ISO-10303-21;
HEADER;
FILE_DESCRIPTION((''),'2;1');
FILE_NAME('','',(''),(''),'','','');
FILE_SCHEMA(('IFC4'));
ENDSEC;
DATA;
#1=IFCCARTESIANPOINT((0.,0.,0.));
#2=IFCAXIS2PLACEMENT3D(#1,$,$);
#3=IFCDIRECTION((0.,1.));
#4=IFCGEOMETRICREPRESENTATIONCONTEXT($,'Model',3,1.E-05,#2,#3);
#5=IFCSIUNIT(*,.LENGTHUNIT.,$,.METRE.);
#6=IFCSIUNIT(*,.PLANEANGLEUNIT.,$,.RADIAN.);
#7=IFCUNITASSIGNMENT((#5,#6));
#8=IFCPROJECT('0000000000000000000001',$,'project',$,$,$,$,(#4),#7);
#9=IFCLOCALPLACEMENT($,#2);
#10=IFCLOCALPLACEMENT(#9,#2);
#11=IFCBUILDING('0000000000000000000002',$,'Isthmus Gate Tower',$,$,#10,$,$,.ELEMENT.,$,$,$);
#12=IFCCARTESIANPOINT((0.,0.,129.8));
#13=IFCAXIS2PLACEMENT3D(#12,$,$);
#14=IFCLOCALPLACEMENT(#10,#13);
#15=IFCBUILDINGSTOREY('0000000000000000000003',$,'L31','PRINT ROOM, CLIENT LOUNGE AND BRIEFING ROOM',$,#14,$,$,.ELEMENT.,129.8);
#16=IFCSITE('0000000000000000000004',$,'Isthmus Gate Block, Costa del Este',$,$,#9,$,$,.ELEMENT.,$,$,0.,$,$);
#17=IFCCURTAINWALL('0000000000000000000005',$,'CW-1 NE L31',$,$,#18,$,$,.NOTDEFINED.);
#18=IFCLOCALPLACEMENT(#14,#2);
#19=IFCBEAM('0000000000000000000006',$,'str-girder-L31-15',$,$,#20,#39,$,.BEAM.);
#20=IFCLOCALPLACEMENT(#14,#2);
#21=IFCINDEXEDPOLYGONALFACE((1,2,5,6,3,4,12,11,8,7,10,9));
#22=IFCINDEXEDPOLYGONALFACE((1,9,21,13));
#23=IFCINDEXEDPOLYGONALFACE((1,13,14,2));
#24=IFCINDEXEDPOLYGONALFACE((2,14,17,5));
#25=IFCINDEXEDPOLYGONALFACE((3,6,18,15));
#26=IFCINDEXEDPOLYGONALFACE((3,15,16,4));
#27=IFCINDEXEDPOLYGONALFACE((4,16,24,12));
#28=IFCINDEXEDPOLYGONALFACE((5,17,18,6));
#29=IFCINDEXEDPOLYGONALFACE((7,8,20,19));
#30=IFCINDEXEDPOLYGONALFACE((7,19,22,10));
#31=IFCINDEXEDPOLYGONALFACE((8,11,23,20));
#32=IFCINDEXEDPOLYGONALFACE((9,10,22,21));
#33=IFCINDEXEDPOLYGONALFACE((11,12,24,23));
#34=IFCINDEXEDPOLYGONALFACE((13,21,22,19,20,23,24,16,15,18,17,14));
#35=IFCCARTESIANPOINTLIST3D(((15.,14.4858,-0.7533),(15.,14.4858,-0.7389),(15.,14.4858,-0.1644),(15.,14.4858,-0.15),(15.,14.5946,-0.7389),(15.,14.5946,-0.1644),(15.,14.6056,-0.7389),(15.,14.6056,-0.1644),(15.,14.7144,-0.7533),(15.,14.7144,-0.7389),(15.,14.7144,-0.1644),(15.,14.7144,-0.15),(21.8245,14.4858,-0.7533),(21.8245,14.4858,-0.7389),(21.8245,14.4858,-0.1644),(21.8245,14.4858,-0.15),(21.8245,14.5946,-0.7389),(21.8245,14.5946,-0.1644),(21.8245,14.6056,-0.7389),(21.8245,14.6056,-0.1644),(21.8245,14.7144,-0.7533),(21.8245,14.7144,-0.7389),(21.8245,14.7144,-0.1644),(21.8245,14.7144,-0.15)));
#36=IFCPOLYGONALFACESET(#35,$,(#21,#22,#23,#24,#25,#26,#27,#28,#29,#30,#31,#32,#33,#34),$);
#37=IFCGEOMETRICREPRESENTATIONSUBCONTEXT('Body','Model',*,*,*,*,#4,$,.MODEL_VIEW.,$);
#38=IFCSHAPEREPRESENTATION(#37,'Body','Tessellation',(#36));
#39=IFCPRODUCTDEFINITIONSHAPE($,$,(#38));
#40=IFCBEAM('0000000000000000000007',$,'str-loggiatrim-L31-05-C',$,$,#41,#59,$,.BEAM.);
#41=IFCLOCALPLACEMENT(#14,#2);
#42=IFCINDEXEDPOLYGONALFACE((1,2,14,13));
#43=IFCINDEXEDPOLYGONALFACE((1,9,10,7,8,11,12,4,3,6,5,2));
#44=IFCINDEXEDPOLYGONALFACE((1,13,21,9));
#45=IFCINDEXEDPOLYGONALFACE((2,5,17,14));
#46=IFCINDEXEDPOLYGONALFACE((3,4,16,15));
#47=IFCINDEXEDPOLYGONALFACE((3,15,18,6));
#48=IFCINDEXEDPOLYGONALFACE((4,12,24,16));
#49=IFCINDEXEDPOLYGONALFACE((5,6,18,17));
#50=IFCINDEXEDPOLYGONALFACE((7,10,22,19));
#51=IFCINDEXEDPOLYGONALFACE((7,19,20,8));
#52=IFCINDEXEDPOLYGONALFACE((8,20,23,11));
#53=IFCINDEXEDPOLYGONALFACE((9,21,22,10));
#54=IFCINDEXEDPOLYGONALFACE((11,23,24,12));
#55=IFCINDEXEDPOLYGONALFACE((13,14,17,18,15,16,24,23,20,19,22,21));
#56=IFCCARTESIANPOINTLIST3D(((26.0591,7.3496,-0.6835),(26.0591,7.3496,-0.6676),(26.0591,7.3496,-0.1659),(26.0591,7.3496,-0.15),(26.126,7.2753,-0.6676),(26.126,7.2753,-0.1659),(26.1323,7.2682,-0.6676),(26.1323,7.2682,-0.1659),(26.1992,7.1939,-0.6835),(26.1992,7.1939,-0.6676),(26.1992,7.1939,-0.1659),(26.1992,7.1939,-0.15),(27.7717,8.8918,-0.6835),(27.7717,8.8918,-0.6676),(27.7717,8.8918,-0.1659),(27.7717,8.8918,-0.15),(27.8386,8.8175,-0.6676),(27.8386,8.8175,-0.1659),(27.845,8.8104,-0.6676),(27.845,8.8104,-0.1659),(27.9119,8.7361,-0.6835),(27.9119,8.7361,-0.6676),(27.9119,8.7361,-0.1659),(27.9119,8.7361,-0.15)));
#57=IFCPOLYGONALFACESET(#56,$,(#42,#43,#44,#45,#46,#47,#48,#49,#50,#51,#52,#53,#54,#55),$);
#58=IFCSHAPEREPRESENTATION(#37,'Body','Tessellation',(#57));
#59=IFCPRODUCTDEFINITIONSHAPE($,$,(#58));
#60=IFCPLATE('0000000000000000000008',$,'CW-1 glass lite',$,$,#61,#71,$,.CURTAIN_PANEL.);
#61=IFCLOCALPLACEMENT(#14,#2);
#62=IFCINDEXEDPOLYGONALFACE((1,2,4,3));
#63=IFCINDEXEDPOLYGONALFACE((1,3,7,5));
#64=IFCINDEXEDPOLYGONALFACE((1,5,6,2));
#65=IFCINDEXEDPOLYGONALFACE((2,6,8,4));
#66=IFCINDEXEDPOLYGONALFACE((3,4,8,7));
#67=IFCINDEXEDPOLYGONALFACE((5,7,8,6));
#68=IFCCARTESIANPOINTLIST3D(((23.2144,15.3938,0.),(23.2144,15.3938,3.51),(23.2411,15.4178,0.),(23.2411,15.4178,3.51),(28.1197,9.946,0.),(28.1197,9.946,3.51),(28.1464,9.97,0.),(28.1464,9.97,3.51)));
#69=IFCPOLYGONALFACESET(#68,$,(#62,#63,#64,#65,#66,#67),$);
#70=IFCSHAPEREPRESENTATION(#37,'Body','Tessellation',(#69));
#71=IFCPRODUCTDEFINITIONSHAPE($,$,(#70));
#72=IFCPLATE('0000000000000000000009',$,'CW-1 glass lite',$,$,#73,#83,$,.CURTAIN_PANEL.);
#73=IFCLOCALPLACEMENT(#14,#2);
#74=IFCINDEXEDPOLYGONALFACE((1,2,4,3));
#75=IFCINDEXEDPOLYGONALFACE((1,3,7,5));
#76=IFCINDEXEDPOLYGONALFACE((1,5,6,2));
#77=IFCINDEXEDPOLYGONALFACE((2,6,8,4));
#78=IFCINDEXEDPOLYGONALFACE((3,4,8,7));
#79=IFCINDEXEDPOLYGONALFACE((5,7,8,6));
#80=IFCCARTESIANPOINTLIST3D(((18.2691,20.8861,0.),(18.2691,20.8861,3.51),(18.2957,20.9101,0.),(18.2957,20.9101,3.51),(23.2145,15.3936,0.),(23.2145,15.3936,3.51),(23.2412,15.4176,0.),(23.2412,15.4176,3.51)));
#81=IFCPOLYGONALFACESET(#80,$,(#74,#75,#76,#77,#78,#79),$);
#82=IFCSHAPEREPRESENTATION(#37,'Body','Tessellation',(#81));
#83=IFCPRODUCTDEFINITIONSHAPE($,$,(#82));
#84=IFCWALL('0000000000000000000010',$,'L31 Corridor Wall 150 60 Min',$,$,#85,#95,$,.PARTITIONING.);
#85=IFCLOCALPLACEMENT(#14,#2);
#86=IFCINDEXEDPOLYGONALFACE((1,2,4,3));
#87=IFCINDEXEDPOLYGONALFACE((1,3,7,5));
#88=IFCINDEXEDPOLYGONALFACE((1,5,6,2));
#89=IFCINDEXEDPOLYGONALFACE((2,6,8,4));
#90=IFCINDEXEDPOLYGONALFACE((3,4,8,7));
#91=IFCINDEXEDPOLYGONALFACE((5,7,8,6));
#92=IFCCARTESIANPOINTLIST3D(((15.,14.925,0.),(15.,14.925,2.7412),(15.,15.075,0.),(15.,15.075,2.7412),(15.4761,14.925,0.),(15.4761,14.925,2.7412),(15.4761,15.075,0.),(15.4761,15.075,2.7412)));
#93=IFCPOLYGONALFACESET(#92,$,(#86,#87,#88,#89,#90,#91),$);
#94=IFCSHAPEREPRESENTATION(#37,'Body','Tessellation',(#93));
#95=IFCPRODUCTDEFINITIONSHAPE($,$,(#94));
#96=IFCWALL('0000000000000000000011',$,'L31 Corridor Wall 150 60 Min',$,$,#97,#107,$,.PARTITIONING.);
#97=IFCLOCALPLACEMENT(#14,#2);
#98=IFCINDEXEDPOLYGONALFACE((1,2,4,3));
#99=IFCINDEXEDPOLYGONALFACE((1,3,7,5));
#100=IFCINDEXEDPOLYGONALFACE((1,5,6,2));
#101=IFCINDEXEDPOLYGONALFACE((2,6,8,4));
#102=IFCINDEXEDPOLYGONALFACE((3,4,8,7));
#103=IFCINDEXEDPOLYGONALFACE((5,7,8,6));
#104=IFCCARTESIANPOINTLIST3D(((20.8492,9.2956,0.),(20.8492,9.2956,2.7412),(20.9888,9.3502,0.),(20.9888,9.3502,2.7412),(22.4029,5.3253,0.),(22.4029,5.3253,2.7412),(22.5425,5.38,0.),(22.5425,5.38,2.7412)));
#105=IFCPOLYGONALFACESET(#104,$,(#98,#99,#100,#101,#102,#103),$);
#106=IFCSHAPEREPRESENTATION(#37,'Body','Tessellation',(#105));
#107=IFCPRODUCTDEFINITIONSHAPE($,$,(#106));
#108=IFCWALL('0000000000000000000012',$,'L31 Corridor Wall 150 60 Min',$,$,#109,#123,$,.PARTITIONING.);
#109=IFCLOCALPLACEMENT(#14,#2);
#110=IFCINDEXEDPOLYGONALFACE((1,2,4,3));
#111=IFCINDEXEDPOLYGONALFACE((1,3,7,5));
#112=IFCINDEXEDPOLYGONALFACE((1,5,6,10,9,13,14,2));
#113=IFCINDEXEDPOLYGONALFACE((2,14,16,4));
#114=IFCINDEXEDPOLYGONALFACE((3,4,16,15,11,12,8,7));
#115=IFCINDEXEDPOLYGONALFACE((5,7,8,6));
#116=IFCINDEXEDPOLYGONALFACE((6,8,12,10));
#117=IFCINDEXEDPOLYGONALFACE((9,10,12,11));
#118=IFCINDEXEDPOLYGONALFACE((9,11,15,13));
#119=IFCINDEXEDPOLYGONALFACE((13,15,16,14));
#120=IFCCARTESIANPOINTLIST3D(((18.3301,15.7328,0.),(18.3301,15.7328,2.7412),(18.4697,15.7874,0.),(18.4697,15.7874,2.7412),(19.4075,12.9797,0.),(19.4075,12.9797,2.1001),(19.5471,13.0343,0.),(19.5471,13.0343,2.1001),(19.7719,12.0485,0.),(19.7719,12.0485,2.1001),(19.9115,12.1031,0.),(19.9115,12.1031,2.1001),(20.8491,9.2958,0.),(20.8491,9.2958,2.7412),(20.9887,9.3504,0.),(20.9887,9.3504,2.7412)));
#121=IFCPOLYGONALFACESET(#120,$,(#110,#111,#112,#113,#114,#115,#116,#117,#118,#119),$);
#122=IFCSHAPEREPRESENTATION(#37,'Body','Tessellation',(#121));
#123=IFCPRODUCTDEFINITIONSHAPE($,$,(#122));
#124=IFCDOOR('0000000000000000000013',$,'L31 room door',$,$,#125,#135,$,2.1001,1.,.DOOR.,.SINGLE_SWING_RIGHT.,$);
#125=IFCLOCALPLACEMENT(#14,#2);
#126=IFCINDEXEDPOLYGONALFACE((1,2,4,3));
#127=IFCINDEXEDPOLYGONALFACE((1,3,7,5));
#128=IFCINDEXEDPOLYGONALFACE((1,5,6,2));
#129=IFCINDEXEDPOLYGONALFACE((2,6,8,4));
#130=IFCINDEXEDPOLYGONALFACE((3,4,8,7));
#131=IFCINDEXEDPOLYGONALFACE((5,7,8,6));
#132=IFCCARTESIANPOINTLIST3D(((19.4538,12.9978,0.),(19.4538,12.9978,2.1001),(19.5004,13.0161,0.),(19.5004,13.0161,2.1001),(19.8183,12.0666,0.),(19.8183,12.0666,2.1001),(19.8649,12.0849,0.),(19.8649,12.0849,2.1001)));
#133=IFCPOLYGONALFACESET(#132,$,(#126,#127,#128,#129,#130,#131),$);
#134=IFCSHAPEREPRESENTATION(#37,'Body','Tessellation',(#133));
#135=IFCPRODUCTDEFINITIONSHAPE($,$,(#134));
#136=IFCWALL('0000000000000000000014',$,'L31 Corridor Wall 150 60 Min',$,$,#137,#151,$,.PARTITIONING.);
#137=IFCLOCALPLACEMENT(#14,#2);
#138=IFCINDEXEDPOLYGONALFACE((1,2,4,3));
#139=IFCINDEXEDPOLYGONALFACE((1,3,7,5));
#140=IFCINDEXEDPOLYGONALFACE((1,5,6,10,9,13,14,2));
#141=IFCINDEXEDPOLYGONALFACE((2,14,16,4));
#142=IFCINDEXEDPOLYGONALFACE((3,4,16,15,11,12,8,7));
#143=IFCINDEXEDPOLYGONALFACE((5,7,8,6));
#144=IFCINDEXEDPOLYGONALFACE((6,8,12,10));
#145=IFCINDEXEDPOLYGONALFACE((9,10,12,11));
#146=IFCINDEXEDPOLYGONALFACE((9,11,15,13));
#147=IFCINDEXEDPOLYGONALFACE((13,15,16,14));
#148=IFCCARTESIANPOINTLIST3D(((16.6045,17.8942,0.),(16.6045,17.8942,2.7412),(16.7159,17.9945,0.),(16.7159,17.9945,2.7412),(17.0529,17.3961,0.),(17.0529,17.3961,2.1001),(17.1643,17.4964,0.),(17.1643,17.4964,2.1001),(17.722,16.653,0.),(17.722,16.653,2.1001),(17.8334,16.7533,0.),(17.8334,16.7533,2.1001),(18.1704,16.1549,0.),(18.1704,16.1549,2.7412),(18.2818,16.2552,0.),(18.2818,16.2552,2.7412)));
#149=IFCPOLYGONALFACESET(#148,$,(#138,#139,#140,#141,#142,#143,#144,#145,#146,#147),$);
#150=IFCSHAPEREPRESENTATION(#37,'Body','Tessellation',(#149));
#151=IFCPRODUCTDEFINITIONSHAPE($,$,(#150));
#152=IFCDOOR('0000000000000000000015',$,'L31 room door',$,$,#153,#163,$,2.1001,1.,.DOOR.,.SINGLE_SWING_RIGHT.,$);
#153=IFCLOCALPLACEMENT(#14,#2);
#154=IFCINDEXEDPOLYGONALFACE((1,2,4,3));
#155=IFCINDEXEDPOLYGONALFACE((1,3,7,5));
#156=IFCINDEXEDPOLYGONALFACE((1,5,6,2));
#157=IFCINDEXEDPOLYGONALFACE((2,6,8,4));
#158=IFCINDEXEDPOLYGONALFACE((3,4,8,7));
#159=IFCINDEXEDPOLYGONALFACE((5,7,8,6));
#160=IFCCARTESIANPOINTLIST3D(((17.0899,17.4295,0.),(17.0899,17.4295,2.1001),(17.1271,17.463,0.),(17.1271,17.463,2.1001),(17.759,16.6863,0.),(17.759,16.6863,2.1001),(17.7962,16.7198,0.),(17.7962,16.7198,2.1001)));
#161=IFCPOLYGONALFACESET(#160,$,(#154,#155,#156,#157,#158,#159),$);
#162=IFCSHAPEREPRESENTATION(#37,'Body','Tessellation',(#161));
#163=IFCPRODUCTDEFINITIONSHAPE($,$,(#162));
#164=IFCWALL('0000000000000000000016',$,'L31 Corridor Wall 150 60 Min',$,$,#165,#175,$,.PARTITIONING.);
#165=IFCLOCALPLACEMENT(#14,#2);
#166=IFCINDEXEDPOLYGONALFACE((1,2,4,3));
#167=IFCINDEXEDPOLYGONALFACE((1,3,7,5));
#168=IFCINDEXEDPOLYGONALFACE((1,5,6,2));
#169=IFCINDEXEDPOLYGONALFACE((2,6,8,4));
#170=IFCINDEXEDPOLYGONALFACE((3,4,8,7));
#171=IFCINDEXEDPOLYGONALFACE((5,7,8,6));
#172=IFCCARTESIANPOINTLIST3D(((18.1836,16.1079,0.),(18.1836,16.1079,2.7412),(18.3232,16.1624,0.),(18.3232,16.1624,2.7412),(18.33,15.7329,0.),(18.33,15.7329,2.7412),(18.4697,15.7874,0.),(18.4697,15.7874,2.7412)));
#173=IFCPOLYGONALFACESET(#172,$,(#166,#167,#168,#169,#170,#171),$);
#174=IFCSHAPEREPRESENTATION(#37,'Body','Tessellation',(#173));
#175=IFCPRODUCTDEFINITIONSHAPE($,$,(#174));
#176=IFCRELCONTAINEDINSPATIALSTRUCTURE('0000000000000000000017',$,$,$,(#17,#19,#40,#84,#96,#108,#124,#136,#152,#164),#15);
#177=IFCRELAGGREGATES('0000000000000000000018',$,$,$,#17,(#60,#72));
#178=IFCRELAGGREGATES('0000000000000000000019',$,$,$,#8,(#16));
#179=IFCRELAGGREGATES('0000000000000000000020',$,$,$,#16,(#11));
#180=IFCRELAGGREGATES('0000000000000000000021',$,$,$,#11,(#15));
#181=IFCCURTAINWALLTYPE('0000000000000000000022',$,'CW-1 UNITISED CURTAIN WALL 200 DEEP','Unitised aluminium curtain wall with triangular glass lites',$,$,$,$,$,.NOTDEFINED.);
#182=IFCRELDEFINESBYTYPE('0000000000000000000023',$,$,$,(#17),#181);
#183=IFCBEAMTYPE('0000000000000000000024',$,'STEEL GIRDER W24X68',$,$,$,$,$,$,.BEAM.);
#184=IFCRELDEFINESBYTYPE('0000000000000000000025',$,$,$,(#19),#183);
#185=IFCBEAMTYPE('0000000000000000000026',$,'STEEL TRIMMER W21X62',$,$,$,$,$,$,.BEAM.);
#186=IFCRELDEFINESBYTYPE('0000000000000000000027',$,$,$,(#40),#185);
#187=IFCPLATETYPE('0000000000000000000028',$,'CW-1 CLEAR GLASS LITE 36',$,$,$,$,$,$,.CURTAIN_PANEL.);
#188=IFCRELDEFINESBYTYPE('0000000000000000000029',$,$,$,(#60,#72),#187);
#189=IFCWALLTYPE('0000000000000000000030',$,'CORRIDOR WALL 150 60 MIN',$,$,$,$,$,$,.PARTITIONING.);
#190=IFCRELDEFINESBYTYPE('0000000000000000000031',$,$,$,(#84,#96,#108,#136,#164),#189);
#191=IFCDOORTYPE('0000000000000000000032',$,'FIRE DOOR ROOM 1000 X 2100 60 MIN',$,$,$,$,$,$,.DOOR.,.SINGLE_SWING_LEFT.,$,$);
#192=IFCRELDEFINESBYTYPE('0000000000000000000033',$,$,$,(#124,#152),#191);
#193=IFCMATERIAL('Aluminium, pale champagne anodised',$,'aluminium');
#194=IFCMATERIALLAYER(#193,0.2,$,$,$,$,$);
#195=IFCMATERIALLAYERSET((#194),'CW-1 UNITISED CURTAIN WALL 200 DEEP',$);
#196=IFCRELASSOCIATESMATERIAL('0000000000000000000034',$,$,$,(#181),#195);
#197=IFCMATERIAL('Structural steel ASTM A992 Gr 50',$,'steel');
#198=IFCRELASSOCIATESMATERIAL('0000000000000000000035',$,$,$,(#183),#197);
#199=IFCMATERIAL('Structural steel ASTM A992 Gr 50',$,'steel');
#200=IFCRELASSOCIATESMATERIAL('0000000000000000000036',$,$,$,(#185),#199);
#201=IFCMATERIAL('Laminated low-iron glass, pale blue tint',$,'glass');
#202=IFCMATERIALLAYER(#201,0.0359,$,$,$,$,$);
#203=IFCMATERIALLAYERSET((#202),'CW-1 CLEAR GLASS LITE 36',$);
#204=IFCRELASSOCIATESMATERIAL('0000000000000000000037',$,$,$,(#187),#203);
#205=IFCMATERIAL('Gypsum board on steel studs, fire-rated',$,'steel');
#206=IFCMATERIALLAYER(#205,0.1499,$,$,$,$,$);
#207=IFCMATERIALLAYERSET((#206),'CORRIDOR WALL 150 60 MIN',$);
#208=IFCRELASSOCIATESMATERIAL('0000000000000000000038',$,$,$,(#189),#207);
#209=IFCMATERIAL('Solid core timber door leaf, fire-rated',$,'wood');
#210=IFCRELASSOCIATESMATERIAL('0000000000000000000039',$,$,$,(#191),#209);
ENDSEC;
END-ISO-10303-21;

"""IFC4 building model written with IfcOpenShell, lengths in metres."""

from ifc_helpers import new_model, si_unit, direction, frame, frame_2d, origin, origin_2d, place, context, subcontext, project, spatial, rectangle, i_section, extrude, material, layer, layer_set, material_profile, profile_set, type_object, element, fill, aggregate, save


model = new_model("IFC4")

# Units and contexts
model_context = context("Model", 3, precision=1e-05, world=origin(), true_north=direction((0.0, 1.0)))
body_context = subcontext(model_context, "Body", "Model", "MODEL_VIEW")
ifc_project = project(units=[si_unit("LENGTHUNIT", "METRE"), si_unit("PLANEANGLEUNIT", "RADIAN")], contexts=[model_context])

# Site, building, storey
site_placement = place(None, origin())
site = spatial("IfcSite", under=ifc_project, at=site_placement, Name="Isthmus Gate Block, Costa del Este", CompositionType="ELEMENT", RefElevation=0.0)
building_placement = place(site_placement, origin())
building = spatial("IfcBuilding", under=site, at=building_placement, Name="Isthmus Gate Tower", CompositionType="ELEMENT")
storey_placement = place(building_placement, frame((0.0, 0.0, 129.8)))
storey = spatial("IfcBuildingStorey", under=building, at=storey_placement, Name="L31", Description="PRINT ROOM, CLIENT LOUNGE AND BRIEFING ROOM", CompositionType="ELEMENT", Elevation=129.8)

# Curtain wall
ifc_material_1 = material(Name="Aluminium, pale champagne anodised", Category="aluminium")
ifc_layer_1 = layer(ifc_material_1, 0.2)
ifc_layer_set_1 = layer_set([ifc_layer_1], Name="CW-1 UNITISED CURTAIN WALL 200 DEEP")
curtain_wall_type = type_object("IfcCurtainWallType", Name="CW-1 UNITISED CURTAIN WALL 200 DEEP", Description="Unitised aluminium curtain wall with triangular glass lites", PredefinedType="NOTDEFINED", material=ifc_layer_set_1)
curtain_wall_placement = place(storey_placement, origin())
curtain_wall = element("IfcCurtainWall", 1, at=curtain_wall_placement, inside=storey, type_object=curtain_wall_type, Name="CW-1 NE L31", PredefinedType="NOTDEFINED")

# Beams
ifc_material_2 = material(Name="Structural steel ASTM A992 Gr 50", Category="steel")
ifc_material_profile_1 = material_profile(ifc_material_2, i_section(OverallWidth=0.2285, OverallDepth=0.6033, WebThickness=0.011, FlangeThickness=0.0144, at=origin_2d()), Name="W24X68")
ifc_profile_set_1 = profile_set([ifc_material_profile_1], Name="Structural steel ASTM A992 Gr 50")
beam_type_1 = type_object("IfcBeamType", Name="STEEL GIRDER W24X68", PredefinedType="BEAM", material=ifc_profile_set_1)
beam_1_placement = place(storey_placement, frame((15.0, 14.6001, -0.4517), z_axis=(1.0, 0.0, 0.0), x_axis=(0.0, 1.0, 0.0)))
element("IfcBeam", 2, at=beam_1_placement, inside=storey, type_object=beam_type_1, Name="str-girder-L31-15", PredefinedType="BEAM", context=body_context, shape_type="SweptSolid", body=[
    extrude(i_section(OverallWidth=0.2285, OverallDepth=0.6033, WebThickness=0.011, FlangeThickness=0.0144, at=origin_2d()), origin(), (0.0, 0.0, 1.0), 6.8245),
])
ifc_material_3 = material(Name="Structural steel ASTM A992 Gr 50", Category="steel")
ifc_material_profile_2 = material_profile(ifc_material_3, i_section(OverallWidth=0.2095, OverallDepth=0.5334, WebThickness=0.0095, FlangeThickness=0.0159, at=origin_2d()), Name="W21X62")
ifc_profile_set_2 = profile_set([ifc_material_profile_2], Name="Structural steel ASTM A992 Gr 50")
beam_type_2 = type_object("IfcBeamType", Name="STEEL TRIMMER W21X62", PredefinedType="BEAM", material=ifc_profile_set_2)
beam_2_placement = place(storey_placement, frame((27.8418, 8.814, -0.4167), z_axis=(-0.74311, -0.66917, 0.0), x_axis=(0.66917, -0.74311, 0.0)))
element("IfcBeam", 3, at=beam_2_placement, inside=storey, type_object=beam_type_2, Name="str-loggiatrim-L31-05-C", PredefinedType="BEAM", context=body_context, shape_type="SweptSolid", body=[
    extrude(i_section(OverallWidth=0.2095, OverallDepth=0.5334, WebThickness=0.0095, FlangeThickness=0.0159, at=origin_2d()), origin(), (0.0, 0.0, 1.0), 2.3047),
])

# Plates
ifc_material_4 = material(Name="Laminated low-iron glass, pale blue tint", Category="glass")
ifc_layer_2 = layer(ifc_material_4, 0.0359)
ifc_layer_set_2 = layer_set([ifc_layer_2], Name="CW-1 CLEAR GLASS LITE 36")
plate_type = type_object("IfcPlateType", Name="CW-1 CLEAR GLASS LITE 36", PredefinedType="CURTAIN_PANEL", material=ifc_layer_set_2)
plate_1_placement = place(storey_placement, frame((25.6804, 12.6819, 0.0), z_axis=(0.0, 0.0, 1.0), x_axis=(-0.669131, 0.743145, 0.0)))
plate_1 = element("IfcPlate", 4, at=plate_1_placement, type_object=plate_type, Name="CW-1 glass lite", PredefinedType="CURTAIN_PANEL", context=body_context, shape_type="SweptSolid", body=[
    extrude(rectangle(XDim=7.3308, YDim=0.0359, at=origin_2d()), origin(), (0.0, 0.0, 1.0), 3.51),
])
plate_2_placement = place(storey_placement, frame((20.7551, 18.1519, 0.0), z_axis=(0.0, 0.0, 1.0), x_axis=(-0.669131, 0.743145, 0.0)))
plate_2 = element("IfcPlate", 5, at=plate_2_placement, type_object=plate_type, Name="CW-1 glass lite", PredefinedType="CURTAIN_PANEL", context=body_context, shape_type="SweptSolid", body=[
    extrude(rectangle(XDim=7.3909, YDim=0.0359, at=origin_2d()), origin(), (0.0, 0.0, 1.0), 3.51),
])

# Walls
ifc_material_5 = material(Name="Gypsum board on steel studs, fire-rated", Category="steel")
ifc_layer_3 = layer(ifc_material_5, 0.1499)
ifc_layer_set_3 = layer_set([ifc_layer_3], Name="CORRIDOR WALL 150 60 MIN")
wall_type_1 = type_object("IfcWallType", Name="CORRIDOR WALL 150 60 MIN", PredefinedType="PARTITIONING", material=ifc_layer_set_3)
wall_1_placement = place(storey_placement, frame((15.4761, 15.0, 0.0), z_axis=(0.0, 0.0, 1.0), x_axis=(-1.0, 0.0, 0.0)))
element("IfcWall", 6, at=wall_1_placement, inside=storey, type_object=wall_type_1, Name="L31 Corridor Wall 150 60 Min", PredefinedType="PARTITIONING", context=body_context, shape_type="SweptSolid", body=[
    extrude(rectangle(XDim=0.4761, YDim=0.1499, at=frame_2d((0.238, 0.0))), origin(), (0.0, 0.0, 1.0), 2.7412),
])
wall_2_placement = place(storey_placement, frame((20.9189, 9.323, 0.0), z_axis=(0.0, 0.0, 1.0), x_axis=(0.36443, -0.931231, 0.0)))
element("IfcWall", 7, at=wall_2_placement, inside=storey, type_object=wall_type_1, Name="L31 Corridor Wall 150 60 Min", PredefinedType="PARTITIONING", context=body_context, shape_type="SweptSolid", body=[
    extrude(rectangle(XDim=4.2634, YDim=0.1499, at=frame_2d((2.1318, 0.0))), origin(), (0.0, 0.0, 1.0), 2.7412),
])

# Walls, openings, doors
wall_3_placement = place(storey_placement, frame((18.3999, 15.76, 0.0), z_axis=(0.0, 0.0, 1.0), x_axis=(0.364426, -0.931232, 0.0)))
wall_3 = element("IfcWall", 8, at=wall_3_placement, inside=storey, type_object=wall_type_1, Name="L31 Corridor Wall 150 60 Min", PredefinedType="PARTITIONING", context=body_context, shape_type="SweptSolid", body=[
    extrude(rectangle(XDim=6.9124, YDim=0.1499, at=frame_2d((3.4561, 0.0))), origin(), (0.0, 0.0, 1.0), 2.7412),
])
opening_1_placement = place(wall_3_placement, frame((2.9563, 0.0, 0.0)))
opening_1 = element("IfcOpeningElement", 9, at=opening_1_placement, cuts=wall_3, PredefinedType="OPENING", context=body_context, shape_type="SweptSolid", body=[
    extrude(rectangle(XDim=1.0, YDim=2.1001, at=frame_2d((0.5, 1.05))), frame((0.0, 0.085, 0.0), z_axis=(0.0, -1.0, 0.0), x_axis=(1.0, 0.0, 0.0)), (0.0, 0.0, 1.0), 0.1699),
])
ifc_material_6 = material(Name="Solid core timber door leaf, fire-rated", Category="wood")
door_type = type_object("IfcDoorType", Name="FIRE DOOR ROOM 1000 X 2100 60 MIN", OperationType="SINGLE_SWING_LEFT", PredefinedType="DOOR", material=ifc_material_6)
door_1_placement = place(opening_1_placement, origin())
door_1 = element("IfcDoor", 10, at=door_1_placement, inside=storey, type_object=door_type, Name="L31 room door", OperationType="SINGLE_SWING_RIGHT", OverallHeight=2.1001, OverallWidth=1.0, PredefinedType="DOOR", context=body_context, shape_type="SweptSolid", body=[
    extrude(rectangle(XDim=1.0, YDim=2.1001, at=frame_2d((0.5, 1.05))), frame((0.0, 0.0249, 0.0), z_axis=(0.0, -1.0, 0.0), x_axis=(1.0, 0.0, 0.0)), (0.0, 0.0, 1.0), 0.05),
])
fill(opening_1, door_1)
wall_4_placement = place(storey_placement, frame((16.6602, 17.9443, 0.0), z_axis=(0.0, 0.0, 1.0), x_axis=(0.669103, -0.74317, 0.0)))
wall_4 = element("IfcWall", 11, at=wall_4_placement, inside=storey, type_object=wall_type_1, Name="L31 Corridor Wall 150 60 Min", PredefinedType="PARTITIONING", context=body_context, shape_type="SweptSolid", body=[
    extrude(rectangle(XDim=2.3403, YDim=0.1499, at=frame_2d((1.1702, 0.0))), origin(), (0.0, 0.0, 1.0), 2.7412),
])
opening_2_placement = place(wall_4_placement, frame((0.6702, 0.0, 0.0)))
opening_2 = element("IfcOpeningElement", 12, at=opening_2_placement, cuts=wall_4, PredefinedType="OPENING", context=body_context, shape_type="SweptSolid", body=[
    extrude(rectangle(XDim=1.0, YDim=2.1001, at=frame_2d((0.5, 1.05))), frame((0.0, 0.085, 0.0), z_axis=(0.0, -1.0, 0.0), x_axis=(1.0, 0.0, 0.0)), (0.0, 0.0, 1.0), 0.1699),
])
door_2_placement = place(opening_2_placement, origin())
door_2 = element("IfcDoor", 13, at=door_2_placement, inside=storey, type_object=door_type, Name="L31 room door", OperationType="SINGLE_SWING_RIGHT", OverallHeight=2.1001, OverallWidth=1.0, PredefinedType="DOOR", context=body_context, shape_type="SweptSolid", body=[
    extrude(rectangle(XDim=1.0, YDim=2.1001, at=frame_2d((0.5, 1.05))), frame((0.0, 0.0249, 0.0), z_axis=(0.0, -1.0, 0.0), x_axis=(1.0, 0.0, 0.0)), (0.0, 0.0, 1.0), 0.05),
])
fill(opening_2, door_2)

# Wall
wall_5_placement = place(storey_placement, frame((18.2534, 16.135, 0.0), z_axis=(0.0, 0.0, 1.0), x_axis=(0.363851, -0.931457, 0.0)))
element("IfcWall", 14, at=wall_5_placement, inside=storey, type_object=wall_type_1, Name="L31 Corridor Wall 150 60 Min", PredefinedType="PARTITIONING", context=body_context, shape_type="SweptSolid", body=[
    extrude(rectangle(XDim=0.4026, YDim=0.1499, at=frame_2d((0.2012, 0.0))), origin(), (0.0, 0.0, 1.0), 2.7412),
])

aggregate(curtain_wall, [plate_1, plate_2])

save(model, "model.ifc")
